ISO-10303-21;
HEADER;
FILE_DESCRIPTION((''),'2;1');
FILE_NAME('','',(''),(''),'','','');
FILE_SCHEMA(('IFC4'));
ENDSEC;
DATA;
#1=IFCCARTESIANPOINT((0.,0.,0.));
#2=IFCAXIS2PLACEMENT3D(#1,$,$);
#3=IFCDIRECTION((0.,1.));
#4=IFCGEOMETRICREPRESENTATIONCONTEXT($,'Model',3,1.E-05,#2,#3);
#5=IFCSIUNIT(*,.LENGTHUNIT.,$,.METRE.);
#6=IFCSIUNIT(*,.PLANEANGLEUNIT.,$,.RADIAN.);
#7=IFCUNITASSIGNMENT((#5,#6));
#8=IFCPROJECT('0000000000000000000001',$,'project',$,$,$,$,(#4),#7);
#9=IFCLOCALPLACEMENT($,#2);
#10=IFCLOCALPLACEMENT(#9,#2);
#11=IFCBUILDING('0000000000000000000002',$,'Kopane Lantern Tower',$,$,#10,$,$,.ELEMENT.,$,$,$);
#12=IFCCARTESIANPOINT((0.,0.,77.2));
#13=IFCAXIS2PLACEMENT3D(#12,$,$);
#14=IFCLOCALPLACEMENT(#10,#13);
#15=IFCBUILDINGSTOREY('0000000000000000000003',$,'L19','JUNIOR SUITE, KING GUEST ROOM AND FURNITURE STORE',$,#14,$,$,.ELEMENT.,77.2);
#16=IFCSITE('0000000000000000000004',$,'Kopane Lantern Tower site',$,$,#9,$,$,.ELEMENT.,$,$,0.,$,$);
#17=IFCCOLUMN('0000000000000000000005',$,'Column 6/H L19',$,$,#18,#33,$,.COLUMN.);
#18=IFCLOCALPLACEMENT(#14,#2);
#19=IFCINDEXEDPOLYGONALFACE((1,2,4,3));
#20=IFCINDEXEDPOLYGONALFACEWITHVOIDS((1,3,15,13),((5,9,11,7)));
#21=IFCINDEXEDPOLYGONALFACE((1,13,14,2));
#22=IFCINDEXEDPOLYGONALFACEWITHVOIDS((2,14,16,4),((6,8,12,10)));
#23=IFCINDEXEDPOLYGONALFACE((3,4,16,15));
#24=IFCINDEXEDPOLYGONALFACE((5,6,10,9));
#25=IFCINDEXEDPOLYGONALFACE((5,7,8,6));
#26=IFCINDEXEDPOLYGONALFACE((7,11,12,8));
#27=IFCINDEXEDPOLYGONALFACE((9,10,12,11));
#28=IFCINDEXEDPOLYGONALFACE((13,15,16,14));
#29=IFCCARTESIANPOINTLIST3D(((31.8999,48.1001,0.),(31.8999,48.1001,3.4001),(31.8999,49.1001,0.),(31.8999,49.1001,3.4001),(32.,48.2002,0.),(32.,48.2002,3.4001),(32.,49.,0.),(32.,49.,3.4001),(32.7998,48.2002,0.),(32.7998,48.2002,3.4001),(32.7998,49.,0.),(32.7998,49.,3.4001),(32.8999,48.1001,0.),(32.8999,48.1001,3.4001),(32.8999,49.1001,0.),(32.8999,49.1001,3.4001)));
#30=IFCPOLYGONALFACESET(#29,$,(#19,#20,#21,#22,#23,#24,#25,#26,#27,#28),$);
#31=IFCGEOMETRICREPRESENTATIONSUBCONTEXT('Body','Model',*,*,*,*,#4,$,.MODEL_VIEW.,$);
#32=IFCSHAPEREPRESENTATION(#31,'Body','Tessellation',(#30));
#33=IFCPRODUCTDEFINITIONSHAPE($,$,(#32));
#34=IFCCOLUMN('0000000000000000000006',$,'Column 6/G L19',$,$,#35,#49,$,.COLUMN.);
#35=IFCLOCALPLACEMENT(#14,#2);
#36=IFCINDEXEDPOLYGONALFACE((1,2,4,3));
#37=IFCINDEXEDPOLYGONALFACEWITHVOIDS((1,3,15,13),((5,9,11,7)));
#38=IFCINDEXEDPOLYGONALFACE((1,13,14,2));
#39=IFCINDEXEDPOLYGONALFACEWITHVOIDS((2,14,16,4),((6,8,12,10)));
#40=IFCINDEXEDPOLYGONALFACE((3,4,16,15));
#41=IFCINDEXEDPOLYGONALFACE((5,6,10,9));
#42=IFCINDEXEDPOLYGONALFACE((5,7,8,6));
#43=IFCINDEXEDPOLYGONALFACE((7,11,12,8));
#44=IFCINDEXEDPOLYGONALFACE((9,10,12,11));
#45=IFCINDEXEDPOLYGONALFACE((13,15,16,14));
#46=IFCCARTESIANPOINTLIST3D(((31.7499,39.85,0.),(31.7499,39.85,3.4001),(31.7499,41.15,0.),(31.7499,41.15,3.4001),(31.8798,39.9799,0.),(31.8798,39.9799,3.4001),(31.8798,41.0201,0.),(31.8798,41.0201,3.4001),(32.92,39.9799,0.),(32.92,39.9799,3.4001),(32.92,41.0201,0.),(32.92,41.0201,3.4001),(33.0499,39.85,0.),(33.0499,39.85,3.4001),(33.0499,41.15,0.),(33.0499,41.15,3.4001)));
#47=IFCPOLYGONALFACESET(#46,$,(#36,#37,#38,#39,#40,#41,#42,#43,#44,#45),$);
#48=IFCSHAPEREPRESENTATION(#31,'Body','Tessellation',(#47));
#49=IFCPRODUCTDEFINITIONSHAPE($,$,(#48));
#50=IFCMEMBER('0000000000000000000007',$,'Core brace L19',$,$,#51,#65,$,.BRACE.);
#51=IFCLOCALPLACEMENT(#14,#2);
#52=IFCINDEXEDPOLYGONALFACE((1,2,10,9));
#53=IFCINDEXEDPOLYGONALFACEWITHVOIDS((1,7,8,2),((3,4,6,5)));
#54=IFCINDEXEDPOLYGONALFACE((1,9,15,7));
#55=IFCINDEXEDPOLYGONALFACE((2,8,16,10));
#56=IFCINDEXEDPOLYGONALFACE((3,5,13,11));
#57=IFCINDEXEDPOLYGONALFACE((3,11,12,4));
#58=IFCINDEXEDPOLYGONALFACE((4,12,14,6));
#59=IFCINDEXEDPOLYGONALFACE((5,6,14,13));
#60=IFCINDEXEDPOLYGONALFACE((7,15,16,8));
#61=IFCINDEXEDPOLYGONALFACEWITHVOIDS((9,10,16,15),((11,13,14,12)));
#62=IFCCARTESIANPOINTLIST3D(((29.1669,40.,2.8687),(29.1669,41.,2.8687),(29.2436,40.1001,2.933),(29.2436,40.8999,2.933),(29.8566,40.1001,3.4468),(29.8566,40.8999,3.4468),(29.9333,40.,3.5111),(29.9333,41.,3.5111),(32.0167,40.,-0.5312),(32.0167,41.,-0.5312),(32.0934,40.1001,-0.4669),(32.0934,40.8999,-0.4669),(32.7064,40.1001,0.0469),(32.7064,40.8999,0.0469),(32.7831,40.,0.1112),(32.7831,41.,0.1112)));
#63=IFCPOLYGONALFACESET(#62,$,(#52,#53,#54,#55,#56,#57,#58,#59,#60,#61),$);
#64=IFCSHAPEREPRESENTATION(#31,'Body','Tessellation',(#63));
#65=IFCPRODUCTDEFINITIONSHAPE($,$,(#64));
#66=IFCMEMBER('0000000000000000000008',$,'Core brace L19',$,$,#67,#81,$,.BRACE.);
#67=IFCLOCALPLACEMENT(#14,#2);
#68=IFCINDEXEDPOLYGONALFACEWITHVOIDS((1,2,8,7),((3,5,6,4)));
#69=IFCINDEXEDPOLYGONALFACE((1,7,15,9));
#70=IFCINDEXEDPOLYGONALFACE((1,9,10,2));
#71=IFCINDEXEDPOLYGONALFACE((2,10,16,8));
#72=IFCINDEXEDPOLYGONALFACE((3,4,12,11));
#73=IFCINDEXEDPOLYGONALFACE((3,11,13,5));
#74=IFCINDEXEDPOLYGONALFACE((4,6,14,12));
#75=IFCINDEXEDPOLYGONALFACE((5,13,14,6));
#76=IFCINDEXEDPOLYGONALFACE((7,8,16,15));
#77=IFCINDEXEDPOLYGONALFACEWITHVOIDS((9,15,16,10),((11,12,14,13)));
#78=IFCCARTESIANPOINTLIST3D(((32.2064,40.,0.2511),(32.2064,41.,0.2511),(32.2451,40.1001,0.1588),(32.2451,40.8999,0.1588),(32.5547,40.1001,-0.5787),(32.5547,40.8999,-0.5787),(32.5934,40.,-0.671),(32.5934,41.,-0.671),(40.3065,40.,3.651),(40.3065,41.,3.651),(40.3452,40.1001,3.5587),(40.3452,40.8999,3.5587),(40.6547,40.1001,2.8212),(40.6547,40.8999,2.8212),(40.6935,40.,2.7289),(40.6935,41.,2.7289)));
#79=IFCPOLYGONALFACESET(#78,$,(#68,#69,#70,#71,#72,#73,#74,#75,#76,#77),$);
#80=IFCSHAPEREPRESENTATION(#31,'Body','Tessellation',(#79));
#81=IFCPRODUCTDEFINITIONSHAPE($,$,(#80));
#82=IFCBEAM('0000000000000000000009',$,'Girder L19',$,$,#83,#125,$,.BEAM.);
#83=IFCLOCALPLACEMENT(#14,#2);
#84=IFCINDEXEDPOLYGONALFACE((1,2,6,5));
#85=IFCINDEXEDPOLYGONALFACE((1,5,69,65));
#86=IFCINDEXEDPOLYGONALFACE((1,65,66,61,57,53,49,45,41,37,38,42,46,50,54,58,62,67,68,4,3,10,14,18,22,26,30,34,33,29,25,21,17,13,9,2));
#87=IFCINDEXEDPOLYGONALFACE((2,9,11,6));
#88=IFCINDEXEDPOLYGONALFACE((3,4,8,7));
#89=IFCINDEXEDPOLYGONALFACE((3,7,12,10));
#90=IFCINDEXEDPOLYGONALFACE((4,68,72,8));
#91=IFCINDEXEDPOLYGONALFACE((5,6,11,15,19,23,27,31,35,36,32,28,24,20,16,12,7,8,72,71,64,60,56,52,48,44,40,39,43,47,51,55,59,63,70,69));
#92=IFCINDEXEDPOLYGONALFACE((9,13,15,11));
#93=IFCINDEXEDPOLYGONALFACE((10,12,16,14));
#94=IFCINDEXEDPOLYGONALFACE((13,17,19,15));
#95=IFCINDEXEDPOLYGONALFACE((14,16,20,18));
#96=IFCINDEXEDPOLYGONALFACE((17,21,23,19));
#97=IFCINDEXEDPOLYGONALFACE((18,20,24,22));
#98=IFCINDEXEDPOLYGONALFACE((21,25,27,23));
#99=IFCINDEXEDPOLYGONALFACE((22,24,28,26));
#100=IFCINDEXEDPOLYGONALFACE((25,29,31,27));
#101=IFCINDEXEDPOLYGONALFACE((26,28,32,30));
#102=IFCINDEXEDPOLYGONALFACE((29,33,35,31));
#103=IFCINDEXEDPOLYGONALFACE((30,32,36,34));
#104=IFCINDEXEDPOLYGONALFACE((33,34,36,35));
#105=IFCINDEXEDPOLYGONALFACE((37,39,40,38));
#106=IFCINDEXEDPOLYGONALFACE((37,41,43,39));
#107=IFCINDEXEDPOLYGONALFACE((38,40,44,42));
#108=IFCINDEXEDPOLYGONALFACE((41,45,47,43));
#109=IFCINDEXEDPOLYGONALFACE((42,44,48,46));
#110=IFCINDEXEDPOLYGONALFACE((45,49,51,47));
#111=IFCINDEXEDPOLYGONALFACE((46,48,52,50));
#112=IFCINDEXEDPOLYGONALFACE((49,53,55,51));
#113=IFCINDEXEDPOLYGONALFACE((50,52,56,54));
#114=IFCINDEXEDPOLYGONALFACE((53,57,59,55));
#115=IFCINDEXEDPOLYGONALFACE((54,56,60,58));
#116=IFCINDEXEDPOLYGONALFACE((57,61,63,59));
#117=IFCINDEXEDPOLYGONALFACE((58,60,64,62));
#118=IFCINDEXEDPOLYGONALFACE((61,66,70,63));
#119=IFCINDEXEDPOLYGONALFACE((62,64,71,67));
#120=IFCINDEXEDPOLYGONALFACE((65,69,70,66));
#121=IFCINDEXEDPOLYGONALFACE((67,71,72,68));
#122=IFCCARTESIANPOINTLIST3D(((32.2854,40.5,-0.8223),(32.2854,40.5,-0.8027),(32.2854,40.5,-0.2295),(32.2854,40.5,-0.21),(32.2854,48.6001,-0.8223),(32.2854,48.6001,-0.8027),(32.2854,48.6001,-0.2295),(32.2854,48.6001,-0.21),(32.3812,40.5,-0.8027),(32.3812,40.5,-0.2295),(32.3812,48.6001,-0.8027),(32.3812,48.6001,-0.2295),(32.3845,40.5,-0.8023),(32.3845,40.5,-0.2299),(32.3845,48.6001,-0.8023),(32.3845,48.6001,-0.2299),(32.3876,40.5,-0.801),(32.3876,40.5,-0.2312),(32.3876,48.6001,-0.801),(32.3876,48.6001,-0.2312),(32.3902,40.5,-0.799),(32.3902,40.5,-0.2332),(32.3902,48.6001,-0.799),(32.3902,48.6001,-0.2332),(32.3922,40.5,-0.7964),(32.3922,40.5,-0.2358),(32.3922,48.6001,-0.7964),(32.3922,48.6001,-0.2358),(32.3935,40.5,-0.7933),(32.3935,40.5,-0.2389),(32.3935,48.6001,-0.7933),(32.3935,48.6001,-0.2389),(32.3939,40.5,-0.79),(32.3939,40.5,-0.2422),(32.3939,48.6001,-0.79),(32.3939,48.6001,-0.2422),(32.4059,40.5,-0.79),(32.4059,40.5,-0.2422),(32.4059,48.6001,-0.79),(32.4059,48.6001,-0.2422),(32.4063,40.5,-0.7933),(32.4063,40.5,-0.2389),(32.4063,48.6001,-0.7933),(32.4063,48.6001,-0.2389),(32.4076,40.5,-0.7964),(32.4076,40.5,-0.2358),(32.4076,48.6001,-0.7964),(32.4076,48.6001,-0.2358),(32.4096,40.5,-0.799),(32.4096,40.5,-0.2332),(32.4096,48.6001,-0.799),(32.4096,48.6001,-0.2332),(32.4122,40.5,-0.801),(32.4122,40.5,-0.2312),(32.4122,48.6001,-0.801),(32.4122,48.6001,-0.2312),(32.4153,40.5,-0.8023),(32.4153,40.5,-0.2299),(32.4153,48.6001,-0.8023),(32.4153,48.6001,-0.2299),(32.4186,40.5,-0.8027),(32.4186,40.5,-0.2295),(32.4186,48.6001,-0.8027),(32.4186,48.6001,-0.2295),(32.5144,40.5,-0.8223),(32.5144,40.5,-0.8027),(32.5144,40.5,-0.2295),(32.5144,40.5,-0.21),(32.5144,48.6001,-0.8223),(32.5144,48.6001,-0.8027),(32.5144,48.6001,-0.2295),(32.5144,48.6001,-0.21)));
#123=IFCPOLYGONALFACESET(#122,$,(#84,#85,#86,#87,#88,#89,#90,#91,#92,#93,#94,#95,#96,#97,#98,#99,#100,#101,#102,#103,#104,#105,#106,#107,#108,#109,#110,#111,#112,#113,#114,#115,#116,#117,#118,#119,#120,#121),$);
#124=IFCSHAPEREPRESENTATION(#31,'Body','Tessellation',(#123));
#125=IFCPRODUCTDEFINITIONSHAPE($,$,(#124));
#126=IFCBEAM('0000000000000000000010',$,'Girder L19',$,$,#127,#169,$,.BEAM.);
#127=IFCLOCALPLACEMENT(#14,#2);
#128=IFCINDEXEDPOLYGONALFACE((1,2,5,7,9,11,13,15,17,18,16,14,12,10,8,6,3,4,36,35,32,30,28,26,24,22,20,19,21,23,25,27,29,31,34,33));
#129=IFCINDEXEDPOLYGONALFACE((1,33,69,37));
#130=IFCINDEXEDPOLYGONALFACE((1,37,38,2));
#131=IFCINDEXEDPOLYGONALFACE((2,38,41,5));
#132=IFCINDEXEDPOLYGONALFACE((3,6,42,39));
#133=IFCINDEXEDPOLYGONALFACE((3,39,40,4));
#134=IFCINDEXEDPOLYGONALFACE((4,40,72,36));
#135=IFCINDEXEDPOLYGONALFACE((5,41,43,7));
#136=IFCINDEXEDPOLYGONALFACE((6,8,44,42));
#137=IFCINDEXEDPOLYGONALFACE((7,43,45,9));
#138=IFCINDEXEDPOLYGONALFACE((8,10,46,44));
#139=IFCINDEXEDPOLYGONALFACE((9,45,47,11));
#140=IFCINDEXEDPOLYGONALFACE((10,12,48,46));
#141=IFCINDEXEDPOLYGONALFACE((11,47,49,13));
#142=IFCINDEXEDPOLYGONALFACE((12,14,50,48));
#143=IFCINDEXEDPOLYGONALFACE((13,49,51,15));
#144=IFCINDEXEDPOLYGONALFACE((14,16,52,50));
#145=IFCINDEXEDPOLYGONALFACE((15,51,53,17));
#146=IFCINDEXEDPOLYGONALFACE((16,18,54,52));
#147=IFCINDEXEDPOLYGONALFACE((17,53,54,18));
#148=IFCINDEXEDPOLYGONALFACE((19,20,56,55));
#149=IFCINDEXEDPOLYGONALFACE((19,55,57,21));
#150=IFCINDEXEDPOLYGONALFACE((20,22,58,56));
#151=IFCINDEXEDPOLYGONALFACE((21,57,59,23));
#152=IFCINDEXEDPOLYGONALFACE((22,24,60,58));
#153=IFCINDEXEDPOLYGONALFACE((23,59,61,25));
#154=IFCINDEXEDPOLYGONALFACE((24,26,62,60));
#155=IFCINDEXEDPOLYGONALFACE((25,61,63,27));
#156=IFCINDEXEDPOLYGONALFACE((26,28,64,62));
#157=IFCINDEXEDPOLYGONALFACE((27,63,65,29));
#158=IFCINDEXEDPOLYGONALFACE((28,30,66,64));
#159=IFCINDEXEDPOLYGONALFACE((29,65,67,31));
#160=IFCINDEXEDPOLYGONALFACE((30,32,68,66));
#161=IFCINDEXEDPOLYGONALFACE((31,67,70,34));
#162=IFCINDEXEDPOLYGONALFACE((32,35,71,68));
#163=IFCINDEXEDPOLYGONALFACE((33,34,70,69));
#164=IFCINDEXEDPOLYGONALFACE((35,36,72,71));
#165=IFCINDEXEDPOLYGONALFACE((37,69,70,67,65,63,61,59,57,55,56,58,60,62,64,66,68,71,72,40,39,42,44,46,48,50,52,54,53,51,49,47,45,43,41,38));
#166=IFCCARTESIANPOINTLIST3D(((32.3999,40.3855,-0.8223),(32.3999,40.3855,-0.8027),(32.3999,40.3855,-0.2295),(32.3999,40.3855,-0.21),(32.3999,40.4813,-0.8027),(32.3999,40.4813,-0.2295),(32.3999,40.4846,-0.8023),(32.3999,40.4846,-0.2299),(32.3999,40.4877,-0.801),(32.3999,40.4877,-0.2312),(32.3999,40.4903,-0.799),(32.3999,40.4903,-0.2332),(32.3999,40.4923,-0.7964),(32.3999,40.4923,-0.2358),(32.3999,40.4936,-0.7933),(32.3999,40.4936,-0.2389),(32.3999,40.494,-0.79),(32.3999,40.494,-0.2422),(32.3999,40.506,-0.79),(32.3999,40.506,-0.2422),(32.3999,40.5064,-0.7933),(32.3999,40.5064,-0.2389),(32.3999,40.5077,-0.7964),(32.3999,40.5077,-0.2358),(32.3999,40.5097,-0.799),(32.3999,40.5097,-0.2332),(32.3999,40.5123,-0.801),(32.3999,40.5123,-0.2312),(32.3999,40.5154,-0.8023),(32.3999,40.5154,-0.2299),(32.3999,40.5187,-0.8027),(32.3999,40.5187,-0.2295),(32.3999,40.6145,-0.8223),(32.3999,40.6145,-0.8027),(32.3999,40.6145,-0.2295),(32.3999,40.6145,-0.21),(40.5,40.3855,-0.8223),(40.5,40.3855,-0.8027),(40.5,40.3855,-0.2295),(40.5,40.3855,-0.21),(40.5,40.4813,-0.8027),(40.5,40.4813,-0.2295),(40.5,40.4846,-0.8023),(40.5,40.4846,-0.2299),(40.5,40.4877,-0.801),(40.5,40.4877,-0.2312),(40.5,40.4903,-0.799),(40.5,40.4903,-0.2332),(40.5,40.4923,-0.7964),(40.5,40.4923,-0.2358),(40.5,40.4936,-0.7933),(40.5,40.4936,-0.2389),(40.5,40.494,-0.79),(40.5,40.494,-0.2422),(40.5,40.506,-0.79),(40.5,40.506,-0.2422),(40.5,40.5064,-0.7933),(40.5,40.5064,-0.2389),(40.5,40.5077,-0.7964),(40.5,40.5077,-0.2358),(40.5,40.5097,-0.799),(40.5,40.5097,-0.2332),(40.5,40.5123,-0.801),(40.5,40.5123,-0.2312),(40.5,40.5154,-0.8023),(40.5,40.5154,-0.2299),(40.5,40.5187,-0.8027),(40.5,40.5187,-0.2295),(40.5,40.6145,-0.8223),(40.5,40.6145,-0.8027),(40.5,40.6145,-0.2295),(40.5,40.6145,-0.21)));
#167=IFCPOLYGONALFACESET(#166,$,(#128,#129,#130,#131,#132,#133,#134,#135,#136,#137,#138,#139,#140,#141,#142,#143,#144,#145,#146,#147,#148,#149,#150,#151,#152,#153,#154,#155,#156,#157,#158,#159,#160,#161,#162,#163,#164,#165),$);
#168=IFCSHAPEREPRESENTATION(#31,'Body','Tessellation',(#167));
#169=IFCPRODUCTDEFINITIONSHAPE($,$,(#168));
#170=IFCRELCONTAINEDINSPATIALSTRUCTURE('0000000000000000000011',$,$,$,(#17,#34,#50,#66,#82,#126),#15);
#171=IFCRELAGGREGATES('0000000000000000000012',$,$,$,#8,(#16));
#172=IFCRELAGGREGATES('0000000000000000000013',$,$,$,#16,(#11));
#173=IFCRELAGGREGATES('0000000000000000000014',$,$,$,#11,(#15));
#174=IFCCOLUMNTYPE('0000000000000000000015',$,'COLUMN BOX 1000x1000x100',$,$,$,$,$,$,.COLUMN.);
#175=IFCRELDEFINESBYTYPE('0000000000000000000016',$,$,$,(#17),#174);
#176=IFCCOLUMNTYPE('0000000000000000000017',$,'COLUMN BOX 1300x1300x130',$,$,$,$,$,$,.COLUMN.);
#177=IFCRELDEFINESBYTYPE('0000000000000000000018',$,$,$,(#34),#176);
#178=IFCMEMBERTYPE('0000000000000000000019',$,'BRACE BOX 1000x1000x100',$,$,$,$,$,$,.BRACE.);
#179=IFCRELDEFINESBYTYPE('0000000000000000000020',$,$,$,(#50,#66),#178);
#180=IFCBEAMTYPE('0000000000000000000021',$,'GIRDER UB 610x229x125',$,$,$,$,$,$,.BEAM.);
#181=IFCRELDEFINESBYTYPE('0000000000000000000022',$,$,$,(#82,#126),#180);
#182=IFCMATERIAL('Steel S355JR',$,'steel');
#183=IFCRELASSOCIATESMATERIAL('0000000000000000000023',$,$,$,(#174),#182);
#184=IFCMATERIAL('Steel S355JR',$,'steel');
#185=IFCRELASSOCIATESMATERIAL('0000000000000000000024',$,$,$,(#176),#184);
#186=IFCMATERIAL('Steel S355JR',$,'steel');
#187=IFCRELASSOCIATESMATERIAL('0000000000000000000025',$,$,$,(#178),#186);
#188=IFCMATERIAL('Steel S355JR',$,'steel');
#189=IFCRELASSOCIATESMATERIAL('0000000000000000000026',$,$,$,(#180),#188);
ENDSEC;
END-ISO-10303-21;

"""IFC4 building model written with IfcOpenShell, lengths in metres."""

from ifc_helpers import new_model, si_unit, direction, frame, origin, origin_2d, place, context, subcontext, project, spatial, hollow_rectangle, i_section, extrude, material, material_profile, profile_set, type_object, element, save


model = new_model("IFC4")

# Units and contexts
model_context = context("Model", 3, precision=1e-05, world=origin(), true_north=direction((0.0, 1.0)))
body_context = subcontext(model_context, "Body", "Model", "MODEL_VIEW")
ifc_project = project(units=[si_unit("LENGTHUNIT", "METRE"), si_unit("PLANEANGLEUNIT", "RADIAN")], contexts=[model_context])

# Site, building, storey
site_placement = place(None, origin())
site = spatial("IfcSite", under=ifc_project, at=site_placement, Name="Kopane Lantern Tower site", CompositionType="ELEMENT", RefElevation=0.0)
building_placement = place(site_placement, origin())
building = spatial("IfcBuilding", under=site, at=building_placement, Name="Kopane Lantern Tower", CompositionType="ELEMENT")
storey_placement = place(building_placement, frame((0.0, 0.0, 77.2)))
storey = spatial("IfcBuildingStorey", under=building, at=storey_placement, Name="L19", Description="JUNIOR SUITE, KING GUEST ROOM AND FURNITURE STORE", CompositionType="ELEMENT", Elevation=77.2)

# Columns
ifc_material_1 = material(Name="Steel S355JR", Category="steel")
ifc_material_profile_1 = material_profile(ifc_material_1, hollow_rectangle(XDim=1.0, YDim=1.0, WallThickness=0.1001, at=origin_2d()), Name="BOX 1000x1000x100")
ifc_profile_set_1 = profile_set([ifc_material_profile_1], Name="Steel S355JR")
column_type_1 = type_object("IfcColumnType", Name="COLUMN BOX 1000x1000x100", PredefinedType="COLUMN", material=ifc_profile_set_1)
column_1_placement = place(storey_placement, frame((32.3999, 48.6001, 0.0), z_axis=(0.0, 0.0, 1.0), x_axis=(1.0, 0.0, 0.0)))
element("IfcColumn", 1, at=column_1_placement, inside=storey, type_object=column_type_1, Name="Column 6/H L19", PredefinedType="COLUMN", context=body_context, shape_type="SweptSolid", body=[
    extrude(hollow_rectangle(XDim=1.0, YDim=1.0, WallThickness=0.1001, at=origin_2d()), origin(), (0.0, 0.0, 1.0), 3.4001),
])
ifc_material_2 = material(Name="Steel S355JR", Category="steel")
ifc_material_profile_2 = material_profile(ifc_material_2, hollow_rectangle(XDim=1.3, YDim=1.3, WallThickness=0.1299, at=origin_2d()), Name="BOX 1300x1300x130")
ifc_profile_set_2 = profile_set([ifc_material_profile_2], Name="Steel S355JR")
column_type_2 = type_object("IfcColumnType", Name="COLUMN BOX 1300x1300x130", PredefinedType="COLUMN", material=ifc_profile_set_2)
column_2_placement = place(storey_placement, frame((32.3999, 40.5, 0.0), z_axis=(0.0, 0.0, 1.0), x_axis=(1.0, 0.0, 0.0)))
element("IfcColumn", 2, at=column_2_placement, inside=storey, type_object=column_type_2, Name="Column 6/G L19", PredefinedType="COLUMN", context=body_context, shape_type="SweptSolid", body=[
    extrude(hollow_rectangle(XDim=1.3, YDim=1.3, WallThickness=0.1299, at=origin_2d()), origin(), (0.0, 0.0, 1.0), 3.4001),
])

# Members
ifc_material_3 = material(Name="Steel S355JR", Category="steel")
ifc_material_profile_3 = material_profile(ifc_material_3, hollow_rectangle(XDim=1.0, YDim=1.0, WallThickness=0.1001, at=origin_2d()), Name="BOX 1000x1000x100")
ifc_profile_set_3 = profile_set([ifc_material_profile_3], Name="Steel S355JR")
member_type = type_object("IfcMemberType", Name="BRACE BOX 1000x1000x100", PredefinedType="BRACE", material=ifc_profile_set_3)
member_1_placement = place(storey_placement, frame((32.3999, 40.5, -0.21), z_axis=(-0.64239, 0.0, 0.766378), x_axis=(0.0, -1.0, 0.0)))
element("IfcMember", 3, at=member_1_placement, inside=storey, type_object=member_type, Name="Core brace L19", PredefinedType="BRACE", context=body_context, shape_type="SweptSolid", body=[
    extrude(hollow_rectangle(XDim=1.0, YDim=1.0, WallThickness=0.1001, at=origin_2d()), origin(), (0.0, 0.0, 1.0), 4.4363),
])
member_2_placement = place(storey_placement, frame((32.3999, 40.5, -0.21), z_axis=(0.922069, 0.0, 0.387026), x_axis=(0.0, 1.0, 0.0)))
element("IfcMember", 4, at=member_2_placement, inside=storey, type_object=member_type, Name="Core brace L19", PredefinedType="BRACE", context=body_context, shape_type="SweptSolid", body=[
    extrude(hollow_rectangle(XDim=1.0, YDim=1.0, WallThickness=0.1001, at=origin_2d()), origin(), (0.0, 0.0, 1.0), 8.7847),
])

# Beams
ifc_material_4 = material(Name="Steel S355JR", Category="steel")
ifc_material_profile_4 = material_profile(ifc_material_4, i_section(OverallWidth=0.229, OverallDepth=0.6123, WebThickness=0.012, FlangeThickness=0.0195, FilletRadius=0.0127, at=origin_2d()), Name="UB 610x229x125")
ifc_profile_set_4 = profile_set([ifc_material_profile_4], Name="Steel S355JR")
beam_type = type_object("IfcBeamType", Name="GIRDER UB 610x229x125", PredefinedType="BEAM", material=ifc_profile_set_4)
for number, where, z_axis, x_axis, name in (
    (5, (32.3999, 40.5, -0.5161), (0.0, 1.0, 0.0), (-1.0, 0.0, 0.0), "Girder L19"),
    (6, (32.3999, 40.5, -0.5161), (1.0, 0.0, 0.0), (0.0, 1.0, 0.0), "Girder L19"),
):
    element("IfcBeam", number, at=place(storey_placement, frame(where, z_axis=z_axis, x_axis=x_axis)), inside=storey, type_object=beam_type, Name=name, PredefinedType="BEAM", context=body_context, shape_type="SweptSolid", body=[
        extrude(i_section(OverallWidth=0.229, OverallDepth=0.6123, WebThickness=0.012, FlangeThickness=0.0195, FilletRadius=0.0127, at=origin_2d()), origin(), (0.0, 0.0, 1.0), 8.1001),
    ])

save(model, "model.ifc")
